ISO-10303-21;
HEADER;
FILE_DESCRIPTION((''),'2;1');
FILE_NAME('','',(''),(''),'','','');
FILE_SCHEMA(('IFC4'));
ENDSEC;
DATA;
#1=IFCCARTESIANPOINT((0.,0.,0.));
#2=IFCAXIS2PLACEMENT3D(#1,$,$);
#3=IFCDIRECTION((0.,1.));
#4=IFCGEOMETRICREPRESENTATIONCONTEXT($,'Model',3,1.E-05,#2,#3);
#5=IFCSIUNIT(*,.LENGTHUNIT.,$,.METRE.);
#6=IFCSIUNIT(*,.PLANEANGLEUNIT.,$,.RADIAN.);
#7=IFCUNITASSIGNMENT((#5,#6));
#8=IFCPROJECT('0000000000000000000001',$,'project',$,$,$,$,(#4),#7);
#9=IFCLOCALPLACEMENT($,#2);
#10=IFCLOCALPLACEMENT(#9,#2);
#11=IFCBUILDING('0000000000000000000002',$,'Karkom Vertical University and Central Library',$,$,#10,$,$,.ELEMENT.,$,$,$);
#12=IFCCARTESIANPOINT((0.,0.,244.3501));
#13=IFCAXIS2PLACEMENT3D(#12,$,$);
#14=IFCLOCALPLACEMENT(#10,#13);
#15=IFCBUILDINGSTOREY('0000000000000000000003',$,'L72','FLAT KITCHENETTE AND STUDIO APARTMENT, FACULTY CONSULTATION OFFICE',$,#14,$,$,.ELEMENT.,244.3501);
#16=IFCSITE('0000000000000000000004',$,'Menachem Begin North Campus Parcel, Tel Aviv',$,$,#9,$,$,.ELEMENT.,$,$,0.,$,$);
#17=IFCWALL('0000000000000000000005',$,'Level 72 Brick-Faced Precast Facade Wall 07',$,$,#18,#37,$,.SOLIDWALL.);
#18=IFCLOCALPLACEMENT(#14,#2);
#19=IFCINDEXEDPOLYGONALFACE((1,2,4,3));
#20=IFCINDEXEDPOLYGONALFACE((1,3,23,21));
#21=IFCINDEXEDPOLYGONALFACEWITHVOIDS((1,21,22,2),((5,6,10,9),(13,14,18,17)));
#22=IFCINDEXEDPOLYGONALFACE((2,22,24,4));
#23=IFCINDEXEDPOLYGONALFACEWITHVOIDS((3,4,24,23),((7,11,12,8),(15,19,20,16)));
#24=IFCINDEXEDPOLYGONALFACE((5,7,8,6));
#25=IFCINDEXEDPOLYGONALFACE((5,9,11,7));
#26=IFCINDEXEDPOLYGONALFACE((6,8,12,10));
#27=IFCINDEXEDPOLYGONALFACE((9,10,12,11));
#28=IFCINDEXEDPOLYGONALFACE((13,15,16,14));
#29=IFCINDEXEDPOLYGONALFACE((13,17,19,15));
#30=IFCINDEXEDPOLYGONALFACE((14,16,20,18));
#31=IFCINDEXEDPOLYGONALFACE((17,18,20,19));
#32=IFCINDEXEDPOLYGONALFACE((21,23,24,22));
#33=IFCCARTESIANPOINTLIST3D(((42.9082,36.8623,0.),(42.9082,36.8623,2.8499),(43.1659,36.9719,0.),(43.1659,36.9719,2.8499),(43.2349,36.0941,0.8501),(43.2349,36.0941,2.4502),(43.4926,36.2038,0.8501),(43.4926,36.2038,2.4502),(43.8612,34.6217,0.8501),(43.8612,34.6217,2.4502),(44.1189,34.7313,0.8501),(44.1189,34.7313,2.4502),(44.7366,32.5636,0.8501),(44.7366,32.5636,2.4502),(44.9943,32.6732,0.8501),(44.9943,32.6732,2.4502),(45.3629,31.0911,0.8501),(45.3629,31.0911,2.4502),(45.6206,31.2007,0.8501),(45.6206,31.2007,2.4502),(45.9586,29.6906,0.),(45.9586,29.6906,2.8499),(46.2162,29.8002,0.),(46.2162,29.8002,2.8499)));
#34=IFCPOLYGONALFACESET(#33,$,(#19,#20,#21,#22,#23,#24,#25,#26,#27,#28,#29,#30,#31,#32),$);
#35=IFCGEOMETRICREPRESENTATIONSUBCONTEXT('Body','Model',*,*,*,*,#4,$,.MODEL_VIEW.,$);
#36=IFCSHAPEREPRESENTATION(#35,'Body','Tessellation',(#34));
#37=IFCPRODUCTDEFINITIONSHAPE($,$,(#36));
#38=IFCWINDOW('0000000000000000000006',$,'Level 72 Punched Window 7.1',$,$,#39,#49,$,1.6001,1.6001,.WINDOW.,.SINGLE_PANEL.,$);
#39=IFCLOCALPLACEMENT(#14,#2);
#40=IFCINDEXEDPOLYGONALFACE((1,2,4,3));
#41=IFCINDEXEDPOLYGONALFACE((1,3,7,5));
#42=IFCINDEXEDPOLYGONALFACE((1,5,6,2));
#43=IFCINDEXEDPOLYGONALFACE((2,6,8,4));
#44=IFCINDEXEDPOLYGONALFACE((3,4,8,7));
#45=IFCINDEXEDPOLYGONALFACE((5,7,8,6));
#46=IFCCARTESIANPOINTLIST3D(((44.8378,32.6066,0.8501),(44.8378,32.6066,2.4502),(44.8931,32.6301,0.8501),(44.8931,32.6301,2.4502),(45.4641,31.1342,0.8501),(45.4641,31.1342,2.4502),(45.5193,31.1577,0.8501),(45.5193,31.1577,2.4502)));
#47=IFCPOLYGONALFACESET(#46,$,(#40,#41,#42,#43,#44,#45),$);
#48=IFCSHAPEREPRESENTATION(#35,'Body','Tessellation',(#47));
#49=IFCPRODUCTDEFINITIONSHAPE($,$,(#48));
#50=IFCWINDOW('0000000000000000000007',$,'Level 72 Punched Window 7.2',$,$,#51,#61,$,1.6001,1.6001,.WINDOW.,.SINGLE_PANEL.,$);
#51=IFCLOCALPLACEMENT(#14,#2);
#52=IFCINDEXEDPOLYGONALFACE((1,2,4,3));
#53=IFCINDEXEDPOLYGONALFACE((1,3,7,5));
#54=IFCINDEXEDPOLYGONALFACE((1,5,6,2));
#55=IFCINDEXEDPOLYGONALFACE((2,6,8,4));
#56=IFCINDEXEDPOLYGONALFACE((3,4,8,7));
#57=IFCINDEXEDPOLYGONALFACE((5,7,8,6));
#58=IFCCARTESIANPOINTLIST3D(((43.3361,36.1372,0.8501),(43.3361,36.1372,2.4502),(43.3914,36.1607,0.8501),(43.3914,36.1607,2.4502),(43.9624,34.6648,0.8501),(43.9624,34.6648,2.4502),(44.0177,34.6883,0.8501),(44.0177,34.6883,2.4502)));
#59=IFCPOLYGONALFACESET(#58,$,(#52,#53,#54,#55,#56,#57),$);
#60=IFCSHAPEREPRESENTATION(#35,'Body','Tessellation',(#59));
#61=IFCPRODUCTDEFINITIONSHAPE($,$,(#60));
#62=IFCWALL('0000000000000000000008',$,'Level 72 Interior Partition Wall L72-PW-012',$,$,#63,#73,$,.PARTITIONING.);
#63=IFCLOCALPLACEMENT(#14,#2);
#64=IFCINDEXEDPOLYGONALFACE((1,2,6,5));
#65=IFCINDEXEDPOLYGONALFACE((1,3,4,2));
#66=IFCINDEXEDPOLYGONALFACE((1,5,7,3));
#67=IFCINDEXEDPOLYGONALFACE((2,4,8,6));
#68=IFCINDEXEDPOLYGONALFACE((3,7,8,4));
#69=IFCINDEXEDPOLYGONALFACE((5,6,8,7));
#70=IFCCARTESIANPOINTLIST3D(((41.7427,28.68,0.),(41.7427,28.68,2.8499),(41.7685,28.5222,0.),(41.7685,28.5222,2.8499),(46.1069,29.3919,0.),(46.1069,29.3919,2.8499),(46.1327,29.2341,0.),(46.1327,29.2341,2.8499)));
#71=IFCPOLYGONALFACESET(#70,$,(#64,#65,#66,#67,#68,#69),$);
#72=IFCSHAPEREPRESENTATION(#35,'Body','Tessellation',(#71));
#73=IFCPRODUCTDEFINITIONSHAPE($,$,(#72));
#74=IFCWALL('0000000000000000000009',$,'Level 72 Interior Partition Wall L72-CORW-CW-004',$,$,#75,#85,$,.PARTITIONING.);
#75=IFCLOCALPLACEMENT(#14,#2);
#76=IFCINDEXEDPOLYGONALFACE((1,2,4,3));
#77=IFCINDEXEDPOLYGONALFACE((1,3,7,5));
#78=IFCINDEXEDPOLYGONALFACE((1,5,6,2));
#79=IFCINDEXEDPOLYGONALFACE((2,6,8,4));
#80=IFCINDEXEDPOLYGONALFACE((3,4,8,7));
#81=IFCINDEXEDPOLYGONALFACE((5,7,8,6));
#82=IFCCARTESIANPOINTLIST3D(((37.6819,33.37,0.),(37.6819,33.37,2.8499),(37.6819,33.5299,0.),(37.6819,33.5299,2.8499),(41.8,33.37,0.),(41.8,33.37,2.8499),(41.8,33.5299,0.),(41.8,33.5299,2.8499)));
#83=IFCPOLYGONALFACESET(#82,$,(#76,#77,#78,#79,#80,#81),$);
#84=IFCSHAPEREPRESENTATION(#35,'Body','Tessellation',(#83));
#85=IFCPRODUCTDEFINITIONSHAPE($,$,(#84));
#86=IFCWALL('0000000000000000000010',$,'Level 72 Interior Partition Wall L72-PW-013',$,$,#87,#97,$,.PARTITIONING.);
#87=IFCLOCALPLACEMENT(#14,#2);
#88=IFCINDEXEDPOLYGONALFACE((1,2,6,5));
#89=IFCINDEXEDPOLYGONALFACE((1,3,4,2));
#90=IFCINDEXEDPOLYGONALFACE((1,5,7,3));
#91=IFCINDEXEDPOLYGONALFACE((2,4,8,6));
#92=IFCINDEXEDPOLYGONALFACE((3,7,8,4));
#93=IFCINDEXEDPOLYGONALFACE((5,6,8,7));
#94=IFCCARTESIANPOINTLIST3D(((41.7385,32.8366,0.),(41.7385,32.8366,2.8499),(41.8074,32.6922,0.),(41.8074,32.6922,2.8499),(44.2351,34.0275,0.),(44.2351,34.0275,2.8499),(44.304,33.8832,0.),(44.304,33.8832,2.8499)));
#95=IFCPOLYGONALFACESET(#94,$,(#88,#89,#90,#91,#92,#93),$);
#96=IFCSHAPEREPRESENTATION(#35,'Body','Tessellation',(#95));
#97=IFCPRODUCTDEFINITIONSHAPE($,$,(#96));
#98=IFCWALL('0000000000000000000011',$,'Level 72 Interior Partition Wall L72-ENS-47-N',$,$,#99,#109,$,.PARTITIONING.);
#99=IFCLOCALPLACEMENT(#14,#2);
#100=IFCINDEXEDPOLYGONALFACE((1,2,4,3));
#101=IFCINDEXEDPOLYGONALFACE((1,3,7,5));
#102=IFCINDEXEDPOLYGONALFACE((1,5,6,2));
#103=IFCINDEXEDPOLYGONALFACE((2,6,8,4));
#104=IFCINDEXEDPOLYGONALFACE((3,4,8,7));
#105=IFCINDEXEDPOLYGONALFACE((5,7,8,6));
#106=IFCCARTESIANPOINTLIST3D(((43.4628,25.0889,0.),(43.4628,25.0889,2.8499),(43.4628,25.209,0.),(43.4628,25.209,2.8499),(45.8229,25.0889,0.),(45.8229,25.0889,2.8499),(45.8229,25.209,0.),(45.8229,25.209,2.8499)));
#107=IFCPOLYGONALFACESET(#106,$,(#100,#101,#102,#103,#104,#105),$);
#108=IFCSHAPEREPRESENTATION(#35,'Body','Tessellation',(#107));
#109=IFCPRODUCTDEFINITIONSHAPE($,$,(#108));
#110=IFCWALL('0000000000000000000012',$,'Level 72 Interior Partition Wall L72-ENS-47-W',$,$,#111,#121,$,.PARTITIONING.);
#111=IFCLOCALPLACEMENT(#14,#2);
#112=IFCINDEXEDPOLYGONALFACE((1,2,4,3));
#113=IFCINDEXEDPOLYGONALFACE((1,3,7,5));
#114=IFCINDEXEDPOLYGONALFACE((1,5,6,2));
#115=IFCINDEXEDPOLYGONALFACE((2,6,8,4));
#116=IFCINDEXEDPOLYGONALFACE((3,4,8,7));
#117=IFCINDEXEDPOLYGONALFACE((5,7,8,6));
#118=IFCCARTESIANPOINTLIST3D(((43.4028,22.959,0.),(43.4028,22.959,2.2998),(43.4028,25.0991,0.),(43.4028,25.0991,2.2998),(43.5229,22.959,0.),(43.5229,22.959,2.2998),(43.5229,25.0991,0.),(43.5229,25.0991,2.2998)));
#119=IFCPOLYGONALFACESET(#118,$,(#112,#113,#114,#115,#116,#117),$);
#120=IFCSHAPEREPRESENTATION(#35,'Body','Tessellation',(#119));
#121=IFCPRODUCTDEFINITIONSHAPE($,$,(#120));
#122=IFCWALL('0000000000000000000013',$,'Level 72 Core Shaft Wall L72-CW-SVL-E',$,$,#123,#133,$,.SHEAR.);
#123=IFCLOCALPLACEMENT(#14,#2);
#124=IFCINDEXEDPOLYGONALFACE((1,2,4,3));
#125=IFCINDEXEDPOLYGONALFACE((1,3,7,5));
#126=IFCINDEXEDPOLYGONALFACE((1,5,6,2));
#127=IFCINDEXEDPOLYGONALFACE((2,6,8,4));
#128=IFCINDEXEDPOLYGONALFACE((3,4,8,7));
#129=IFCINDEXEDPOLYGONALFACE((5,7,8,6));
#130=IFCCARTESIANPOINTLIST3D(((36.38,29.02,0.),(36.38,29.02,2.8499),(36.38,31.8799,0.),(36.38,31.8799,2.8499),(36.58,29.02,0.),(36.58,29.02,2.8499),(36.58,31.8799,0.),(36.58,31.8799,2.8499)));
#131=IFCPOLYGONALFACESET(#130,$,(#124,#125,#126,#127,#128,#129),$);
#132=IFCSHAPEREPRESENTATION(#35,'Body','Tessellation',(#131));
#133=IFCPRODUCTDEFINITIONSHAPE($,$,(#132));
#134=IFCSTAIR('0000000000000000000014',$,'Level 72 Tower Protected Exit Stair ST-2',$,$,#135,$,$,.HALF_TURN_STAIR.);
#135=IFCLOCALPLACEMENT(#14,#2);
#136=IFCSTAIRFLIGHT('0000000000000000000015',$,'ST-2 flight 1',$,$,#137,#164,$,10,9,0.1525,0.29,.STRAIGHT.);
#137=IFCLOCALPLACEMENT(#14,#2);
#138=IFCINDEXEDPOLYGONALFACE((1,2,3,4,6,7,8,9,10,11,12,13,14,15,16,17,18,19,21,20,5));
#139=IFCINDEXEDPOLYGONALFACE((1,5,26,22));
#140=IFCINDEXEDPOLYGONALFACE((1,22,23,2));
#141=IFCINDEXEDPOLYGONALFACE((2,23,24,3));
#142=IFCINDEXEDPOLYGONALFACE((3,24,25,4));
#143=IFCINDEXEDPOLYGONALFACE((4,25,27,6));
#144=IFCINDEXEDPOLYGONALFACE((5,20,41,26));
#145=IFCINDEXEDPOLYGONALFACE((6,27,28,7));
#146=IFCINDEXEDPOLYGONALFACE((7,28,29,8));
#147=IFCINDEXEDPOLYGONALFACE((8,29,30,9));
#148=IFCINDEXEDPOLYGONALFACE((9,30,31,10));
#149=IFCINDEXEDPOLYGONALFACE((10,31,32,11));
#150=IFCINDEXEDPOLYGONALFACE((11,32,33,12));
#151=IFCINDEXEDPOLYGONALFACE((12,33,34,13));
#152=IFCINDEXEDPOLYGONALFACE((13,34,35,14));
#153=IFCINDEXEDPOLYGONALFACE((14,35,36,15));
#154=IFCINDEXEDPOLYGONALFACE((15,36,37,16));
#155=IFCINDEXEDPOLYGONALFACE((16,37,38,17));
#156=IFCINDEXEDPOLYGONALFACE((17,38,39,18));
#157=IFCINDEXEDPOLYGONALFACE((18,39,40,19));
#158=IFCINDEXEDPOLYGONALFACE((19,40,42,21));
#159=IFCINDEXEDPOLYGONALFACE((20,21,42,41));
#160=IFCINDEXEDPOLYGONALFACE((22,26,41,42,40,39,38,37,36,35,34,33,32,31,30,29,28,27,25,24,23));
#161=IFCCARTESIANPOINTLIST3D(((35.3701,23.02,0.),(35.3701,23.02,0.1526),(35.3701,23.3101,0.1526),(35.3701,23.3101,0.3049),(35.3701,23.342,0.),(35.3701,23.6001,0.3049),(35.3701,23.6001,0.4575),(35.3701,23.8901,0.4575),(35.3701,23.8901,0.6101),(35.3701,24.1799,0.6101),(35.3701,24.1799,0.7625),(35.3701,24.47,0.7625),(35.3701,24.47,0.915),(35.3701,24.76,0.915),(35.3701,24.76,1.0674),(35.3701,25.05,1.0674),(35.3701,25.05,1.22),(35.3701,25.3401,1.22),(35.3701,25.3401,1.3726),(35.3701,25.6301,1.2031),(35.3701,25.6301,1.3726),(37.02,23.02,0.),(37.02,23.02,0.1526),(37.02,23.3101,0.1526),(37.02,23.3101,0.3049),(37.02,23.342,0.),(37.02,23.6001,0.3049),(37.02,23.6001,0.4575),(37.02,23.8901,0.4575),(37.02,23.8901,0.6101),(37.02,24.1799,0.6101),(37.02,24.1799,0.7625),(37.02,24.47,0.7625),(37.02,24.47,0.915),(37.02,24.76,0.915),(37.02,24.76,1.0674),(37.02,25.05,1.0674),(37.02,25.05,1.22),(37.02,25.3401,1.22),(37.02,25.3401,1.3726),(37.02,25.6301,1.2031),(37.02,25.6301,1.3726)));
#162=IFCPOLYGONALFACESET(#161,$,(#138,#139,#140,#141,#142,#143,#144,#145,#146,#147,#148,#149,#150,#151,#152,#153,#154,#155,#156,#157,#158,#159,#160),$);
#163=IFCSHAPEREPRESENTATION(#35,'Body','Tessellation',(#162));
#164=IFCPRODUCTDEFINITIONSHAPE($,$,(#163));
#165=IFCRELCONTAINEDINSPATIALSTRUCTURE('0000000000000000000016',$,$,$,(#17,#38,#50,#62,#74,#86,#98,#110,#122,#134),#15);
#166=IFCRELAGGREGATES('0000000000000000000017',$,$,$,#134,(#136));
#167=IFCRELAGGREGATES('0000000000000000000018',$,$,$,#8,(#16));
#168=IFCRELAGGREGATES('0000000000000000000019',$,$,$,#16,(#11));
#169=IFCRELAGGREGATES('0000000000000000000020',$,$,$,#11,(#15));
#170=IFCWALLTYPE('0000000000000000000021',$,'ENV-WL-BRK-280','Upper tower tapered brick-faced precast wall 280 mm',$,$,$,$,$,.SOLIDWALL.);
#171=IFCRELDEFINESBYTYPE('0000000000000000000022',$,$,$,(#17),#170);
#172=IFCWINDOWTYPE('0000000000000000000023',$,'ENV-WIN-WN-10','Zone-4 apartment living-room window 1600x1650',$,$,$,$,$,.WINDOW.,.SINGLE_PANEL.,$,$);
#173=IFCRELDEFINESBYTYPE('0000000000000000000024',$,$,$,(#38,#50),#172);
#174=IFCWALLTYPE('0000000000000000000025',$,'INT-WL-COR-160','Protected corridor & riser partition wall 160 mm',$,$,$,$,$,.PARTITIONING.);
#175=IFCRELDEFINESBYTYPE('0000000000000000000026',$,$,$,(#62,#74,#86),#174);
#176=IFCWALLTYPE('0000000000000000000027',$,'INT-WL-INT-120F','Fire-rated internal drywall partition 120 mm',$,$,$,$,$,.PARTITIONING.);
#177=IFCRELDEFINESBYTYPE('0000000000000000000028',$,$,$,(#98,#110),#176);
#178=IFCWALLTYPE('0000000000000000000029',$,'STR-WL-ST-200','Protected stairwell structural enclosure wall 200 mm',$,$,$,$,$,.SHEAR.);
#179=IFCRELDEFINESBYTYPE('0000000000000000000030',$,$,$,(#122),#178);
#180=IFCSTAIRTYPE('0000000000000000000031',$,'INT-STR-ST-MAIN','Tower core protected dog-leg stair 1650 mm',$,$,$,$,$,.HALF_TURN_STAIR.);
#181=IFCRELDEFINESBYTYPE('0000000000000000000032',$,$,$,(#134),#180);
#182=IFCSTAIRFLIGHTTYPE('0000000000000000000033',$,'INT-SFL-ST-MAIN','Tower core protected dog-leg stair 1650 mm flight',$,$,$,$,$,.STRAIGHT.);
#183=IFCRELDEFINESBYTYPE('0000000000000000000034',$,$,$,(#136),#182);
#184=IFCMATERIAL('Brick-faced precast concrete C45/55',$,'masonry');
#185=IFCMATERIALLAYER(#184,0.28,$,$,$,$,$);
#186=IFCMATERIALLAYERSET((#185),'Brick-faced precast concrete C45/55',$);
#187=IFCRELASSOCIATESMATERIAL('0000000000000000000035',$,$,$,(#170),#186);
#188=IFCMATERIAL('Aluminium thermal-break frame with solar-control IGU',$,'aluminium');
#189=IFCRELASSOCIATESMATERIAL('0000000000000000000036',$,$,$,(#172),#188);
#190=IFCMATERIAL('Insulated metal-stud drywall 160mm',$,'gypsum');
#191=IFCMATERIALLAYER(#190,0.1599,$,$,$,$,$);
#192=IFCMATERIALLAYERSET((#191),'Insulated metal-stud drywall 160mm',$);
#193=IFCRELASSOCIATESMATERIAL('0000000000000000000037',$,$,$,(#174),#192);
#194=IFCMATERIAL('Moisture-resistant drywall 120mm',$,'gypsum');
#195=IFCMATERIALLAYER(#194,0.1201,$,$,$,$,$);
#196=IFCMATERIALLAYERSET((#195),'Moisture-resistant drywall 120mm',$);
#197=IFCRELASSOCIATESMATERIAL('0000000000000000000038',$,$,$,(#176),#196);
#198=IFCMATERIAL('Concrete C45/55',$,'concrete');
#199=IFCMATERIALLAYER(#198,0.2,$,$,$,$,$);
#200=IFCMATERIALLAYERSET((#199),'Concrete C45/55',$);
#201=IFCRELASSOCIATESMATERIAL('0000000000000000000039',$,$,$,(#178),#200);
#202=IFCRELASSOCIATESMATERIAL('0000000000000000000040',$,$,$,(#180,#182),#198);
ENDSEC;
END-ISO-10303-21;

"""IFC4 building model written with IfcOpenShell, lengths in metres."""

from ifc_helpers import new_model, si_unit, direction, frame, frame_2d, origin, origin_with_axes, place, context, subcontext, project, spatial, polyline, rectangle, outline, extrude, source, transform, mapped, material, layer, layer_set, type_object, element, fill, aggregate, save


model = new_model("IFC4")

# Units and contexts
model_context = context("Model", 3, precision=1e-05, world=origin(), true_north=direction((0.0, 1.0)))
body_context = subcontext(model_context, "Body", "Model", "MODEL_VIEW")
ifc_project = project(units=[si_unit("LENGTHUNIT", "METRE"), si_unit("PLANEANGLEUNIT", "RADIAN")], contexts=[model_context])

# Site, building, storey
site_placement = place(None, origin())
site = spatial("IfcSite", under=ifc_project, at=site_placement, Name="Menachem Begin North Campus Parcel, Tel Aviv", CompositionType="ELEMENT", RefElevation=0.0)
building_placement = place(site_placement, origin())
building = spatial("IfcBuilding", under=site, at=building_placement, Name="Karkom Vertical University and Central Library", CompositionType="ELEMENT")
storey_placement = place(building_placement, frame((0.0, 0.0, 244.3501)))
storey = spatial("IfcBuildingStorey", under=building, at=storey_placement, Name="L72", Description="FLAT KITCHENETTE AND STUDIO APARTMENT, FACULTY CONSULTATION OFFICE", CompositionType="ELEMENT", Elevation=244.3501)

# Wall, openings, windows
ifc_material_1 = material(Name="Brick-faced precast concrete C45/55", Category="masonry")
ifc_layer_1 = layer(ifc_material_1, 0.28)
ifc_layer_set_1 = layer_set([ifc_layer_1], Name="Brick-faced precast concrete C45/55")
wall_type_1 = type_object("IfcWallType", Name="ENV-WL-BRK-280", Description="Upper tower tapered brick-faced precast wall 280 mm", PredefinedType="SOLIDWALL", material=ifc_layer_set_1)
wall_1_placement = place(storey_placement, frame((46.0874, 29.7454, 0.0), z_axis=(0.0, 0.0, 1.0), x_axis=(-0.391396, 0.920222, 0.0)))
wall_1 = element("IfcWall", 1, at=wall_1_placement, inside=storey, type_object=wall_type_1, Name="Level 72 Brick-Faced Precast Facade Wall 07", PredefinedType="SOLIDWALL", context=body_context, shape_type="SweptSolid", body=[
    extrude(rectangle(XDim=7.7935, YDim=0.28, at=frame_2d((3.8967, 0.0))), origin(), (0.0, 0.0, 1.0), 2.8499),
])
opening_1_placement = place(wall_1_placement, frame((1.522, 0.0, 0.8501)))
opening_1 = element("IfcOpeningElement", 2, at=opening_1_placement, cuts=wall_1, PredefinedType="OPENING", context=body_context, shape_type="SweptSolid", body=[
    extrude(rectangle(XDim=1.6001, YDim=1.6001, at=frame_2d((0.8, 0.8))), frame((0.0, 0.1499, 0.0), z_axis=(0.0, -1.0, 0.0), x_axis=(1.0, 0.0, 0.0)), (0.0, 0.0, 1.0), 0.3),
])
opening_2_placement = place(wall_1_placement, frame((5.3586, 0.0, 0.8501)))
opening_2 = element("IfcOpeningElement", 3, at=opening_2_placement, cuts=wall_1, PredefinedType="OPENING", context=body_context, shape_type="SweptSolid", body=[
    extrude(rectangle(XDim=1.6001, YDim=1.6001, at=frame_2d((0.8, 0.8))), frame((0.0, 0.1499, 0.0), z_axis=(0.0, -1.0, 0.0), x_axis=(1.0, 0.0, 0.0)), (0.0, 0.0, 1.0), 0.3),
])
ifc_material_2 = material(Name="Aluminium thermal-break frame with solar-control IGU", Category="aluminium")
window_type = type_object("IfcWindowType", Name="ENV-WIN-WN-10", Description="Zone-4 apartment living-room window 1600x1650", PartitioningType="SINGLE_PANEL", PredefinedType="WINDOW", material=ifc_material_2)
shared_shape_1 = source(origin_with_axes(), body_context, "Body", "SweptSolid", [
    extrude(rectangle(XDim=1.6001, YDim=1.6001, at=frame_2d((0.8, 0.8))), frame((0.0, 0.03, 0.0), z_axis=(0.0, -1.0, 0.0), x_axis=(1.0, 0.0, 0.0)), (0.0, 0.0, 1.0), 0.0601),
])
window_1_placement = place(opening_1_placement, origin())
window_1 = element("IfcWindow", 4, at=window_1_placement, inside=storey, type_object=window_type, Name="Level 72 Punched Window 7.1", OverallHeight=1.6001, OverallWidth=1.6001, PartitioningType="SINGLE_PANEL", PredefinedType="WINDOW", context=body_context, shape_type="MappedRepresentation", body=[
    mapped(shared_shape_1, transform((0.0, 0.0, 0.0), scale=1.0)),
])
fill(opening_1, window_1)
window_2_placement = place(opening_2_placement, origin())
window_2 = element("IfcWindow", 5, at=window_2_placement, inside=storey, type_object=window_type, Name="Level 72 Punched Window 7.2", OverallHeight=1.6001, OverallWidth=1.6001, PartitioningType="SINGLE_PANEL", PredefinedType="WINDOW", context=body_context, shape_type="MappedRepresentation", body=[
    mapped(shared_shape_1, transform((0.0, 0.0, 0.0), scale=1.0)),
])
fill(opening_2, window_2)

# Shared definitions
ifc_material_3 = material(Name="Insulated metal-stud drywall 160mm", Category="gypsum")
ifc_layer_2 = layer(ifc_material_3, 0.1599)
ifc_layer_set_2 = layer_set([ifc_layer_2], Name="Insulated metal-stud drywall 160mm")
wall_type_2 = type_object("IfcWallType", Name="INT-WL-COR-160", Description="Protected corridor & riser partition wall 160 mm", PredefinedType="PARTITIONING", material=ifc_layer_set_2)

# Walls
wall_2_placement = place(storey_placement, frame((41.7556, 28.6011, 0.0), z_axis=(0.0, 0.0, 1.0), x_axis=(0.986955, 0.160996, 0.0)))
element("IfcWall", 6, at=wall_2_placement, inside=storey, type_object=wall_type_2, Name="Level 72 Interior Partition Wall L72-PW-012", PredefinedType="PARTITIONING", context=body_context, shape_type="SweptSolid", body=[
    extrude(rectangle(XDim=4.4219, YDim=0.1599, at=frame_2d((2.2109, 0.0))), origin(), (0.0, 0.0, 1.0), 2.8499),
])
wall_3_placement = place(storey_placement, frame((37.6819, 33.45, 0.0), z_axis=(0.0, 0.0, 1.0), x_axis=(1.0, 0.0, 0.0)))
element("IfcWall", 7, at=wall_3_placement, inside=storey, type_object=wall_type_2, Name="Level 72 Interior Partition Wall L72-CORW-CW-004", PredefinedType="PARTITIONING", context=body_context, shape_type="SweptSolid", body=[
    extrude(rectangle(XDim=4.1182, YDim=0.1599, at=frame_2d((2.0591, 0.0))), origin(), (0.0, 0.0, 1.0), 2.8499),
])
wall_4_placement = place(storey_placement, frame((41.7729, 32.7644, 0.0), z_axis=(0.0, 0.0, 1.0), x_axis=(0.90257, 0.430543, 0.0)))
element("IfcWall", 8, at=wall_4_placement, inside=storey, type_object=wall_type_2, Name="Level 72 Interior Partition Wall L72-PW-013", PredefinedType="PARTITIONING", context=body_context, shape_type="SweptSolid", body=[
    extrude(rectangle(XDim=2.7661, YDim=0.1599, at=frame_2d((1.3831, 0.0))), origin(), (0.0, 0.0, 1.0), 2.8499),
])
ifc_material_4 = material(Name="Moisture-resistant drywall 120mm", Category="gypsum")
ifc_layer_3 = layer(ifc_material_4, 0.1201)
ifc_layer_set_3 = layer_set([ifc_layer_3], Name="Moisture-resistant drywall 120mm")
wall_type_3 = type_object("IfcWallType", Name="INT-WL-INT-120F", Description="Fire-rated internal drywall partition 120 mm", PredefinedType="PARTITIONING", material=ifc_layer_set_3)
wall_5_placement = place(storey_placement, frame((45.823, 25.1489, 0.0), z_axis=(0.0, 0.0, 1.0), x_axis=(-1.0, 0.0, 0.0)))
element("IfcWall", 9, at=wall_5_placement, inside=storey, type_object=wall_type_3, Name="Level 72 Interior Partition Wall L72-ENS-47-N", PredefinedType="PARTITIONING", context=body_context, shape_type="SweptSolid", body=[
    extrude(rectangle(XDim=2.3601, YDim=0.1201, at=frame_2d((1.1802, 0.0))), origin(), (0.0, 0.0, 1.0), 2.8499),
])
wall_6_placement = place(storey_placement, frame((43.4629, 25.0991, 0.0), z_axis=(0.0, 0.0, 1.0), x_axis=(0.0, -1.0, 0.0)))
element("IfcWall", 10, at=wall_6_placement, inside=storey, type_object=wall_type_3, Name="Level 72 Interior Partition Wall L72-ENS-47-W", PredefinedType="PARTITIONING", context=body_context, shape_type="SweptSolid", body=[
    extrude(rectangle(XDim=2.1401, YDim=0.1201, at=frame_2d((1.0701, 0.0))), origin(), (0.0, 0.0, 1.0), 2.2998),
])
ifc_material_5 = material(Name="Concrete C45/55", Category="concrete")
ifc_layer_4 = layer(ifc_material_5, 0.2)
ifc_layer_set_4 = layer_set([ifc_layer_4], Name="Concrete C45/55")
wall_type_4 = type_object("IfcWallType", Name="STR-WL-ST-200", Description="Protected stairwell structural enclosure wall 200 mm", PredefinedType="SHEAR", material=ifc_layer_set_4)
wall_7_placement = place(storey_placement, frame((36.48, 29.02, 0.0), z_axis=(0.0, 0.0, 1.0), x_axis=(0.0, 1.0, 0.0)))
element("IfcWall", 11, at=wall_7_placement, inside=storey, type_object=wall_type_4, Name="Level 72 Core Shaft Wall L72-CW-SVL-E", PredefinedType="SHEAR", context=body_context, shape_type="SweptSolid", body=[
    extrude(rectangle(XDim=2.8599, YDim=0.2, at=frame_2d((1.4299, 0.0))), origin(), (0.0, 0.0, 1.0), 2.8499),
])

# Stair, stair flight
stair_type = type_object("IfcStairType", Name="INT-STR-ST-MAIN", Description="Tower core protected dog-leg stair 1650 mm", PredefinedType="HALF_TURN_STAIR", material=ifc_material_5)
stair_placement = place(storey_placement, origin())
stair = element("IfcStair", 12, at=stair_placement, inside=storey, type_object=stair_type, Name="Level 72 Tower Protected Exit Stair ST-2", PredefinedType="HALF_TURN_STAIR")
stair_flight_type = type_object("IfcStairFlightType", Name="INT-SFL-ST-MAIN", Description="Tower core protected dog-leg stair 1650 mm flight", PredefinedType="STRAIGHT", material=ifc_material_5)
stair_flight_placement = place(storey_placement, frame((36.1951, 23.02, 0.0), z_axis=(0.0, 0.0, 1.0), x_axis=(0.0, 1.0, 0.0)))
stair_flight = element("IfcStairFlight", 13, at=stair_flight_placement, type_object=stair_flight_type, Name="ST-2 flight 1", NumberOfRisers=10, NumberOfTreads=9, PredefinedType="STRAIGHT", RiserHeight=0.1525, TreadLength=0.29, context=body_context, shape_type="SweptSolid", body=[
    extrude(outline(polyline([(0.0, 0.0), (0.0, 0.1526), (0.29, 0.1526), (0.29, 0.3049), (0.5801, 0.3049), (0.5801, 0.4575), (0.8701, 0.4575), (0.8701, 0.6101), (1.1599, 0.6101), (1.1599, 0.7625), (1.45, 0.7625), (1.45, 0.915), (1.74, 0.915), (1.74, 1.0674), (2.03, 1.0674), (2.03, 1.22), (2.3201, 1.22), (2.3201, 1.3726), (2.6101, 1.3726), (2.6101, 1.5249), (2.6101, 1.2031), (0.322, 0.0), (0.0, 0.0)])), frame((0.0, 0.825, 0.0), z_axis=(0.0, -1.0, 0.0), x_axis=(1.0, 0.0, 0.0)), (0.0, 0.0, 1.0), 1.6499),
])
aggregate(stair, [stair_flight])

save(model, "model.ifc")
